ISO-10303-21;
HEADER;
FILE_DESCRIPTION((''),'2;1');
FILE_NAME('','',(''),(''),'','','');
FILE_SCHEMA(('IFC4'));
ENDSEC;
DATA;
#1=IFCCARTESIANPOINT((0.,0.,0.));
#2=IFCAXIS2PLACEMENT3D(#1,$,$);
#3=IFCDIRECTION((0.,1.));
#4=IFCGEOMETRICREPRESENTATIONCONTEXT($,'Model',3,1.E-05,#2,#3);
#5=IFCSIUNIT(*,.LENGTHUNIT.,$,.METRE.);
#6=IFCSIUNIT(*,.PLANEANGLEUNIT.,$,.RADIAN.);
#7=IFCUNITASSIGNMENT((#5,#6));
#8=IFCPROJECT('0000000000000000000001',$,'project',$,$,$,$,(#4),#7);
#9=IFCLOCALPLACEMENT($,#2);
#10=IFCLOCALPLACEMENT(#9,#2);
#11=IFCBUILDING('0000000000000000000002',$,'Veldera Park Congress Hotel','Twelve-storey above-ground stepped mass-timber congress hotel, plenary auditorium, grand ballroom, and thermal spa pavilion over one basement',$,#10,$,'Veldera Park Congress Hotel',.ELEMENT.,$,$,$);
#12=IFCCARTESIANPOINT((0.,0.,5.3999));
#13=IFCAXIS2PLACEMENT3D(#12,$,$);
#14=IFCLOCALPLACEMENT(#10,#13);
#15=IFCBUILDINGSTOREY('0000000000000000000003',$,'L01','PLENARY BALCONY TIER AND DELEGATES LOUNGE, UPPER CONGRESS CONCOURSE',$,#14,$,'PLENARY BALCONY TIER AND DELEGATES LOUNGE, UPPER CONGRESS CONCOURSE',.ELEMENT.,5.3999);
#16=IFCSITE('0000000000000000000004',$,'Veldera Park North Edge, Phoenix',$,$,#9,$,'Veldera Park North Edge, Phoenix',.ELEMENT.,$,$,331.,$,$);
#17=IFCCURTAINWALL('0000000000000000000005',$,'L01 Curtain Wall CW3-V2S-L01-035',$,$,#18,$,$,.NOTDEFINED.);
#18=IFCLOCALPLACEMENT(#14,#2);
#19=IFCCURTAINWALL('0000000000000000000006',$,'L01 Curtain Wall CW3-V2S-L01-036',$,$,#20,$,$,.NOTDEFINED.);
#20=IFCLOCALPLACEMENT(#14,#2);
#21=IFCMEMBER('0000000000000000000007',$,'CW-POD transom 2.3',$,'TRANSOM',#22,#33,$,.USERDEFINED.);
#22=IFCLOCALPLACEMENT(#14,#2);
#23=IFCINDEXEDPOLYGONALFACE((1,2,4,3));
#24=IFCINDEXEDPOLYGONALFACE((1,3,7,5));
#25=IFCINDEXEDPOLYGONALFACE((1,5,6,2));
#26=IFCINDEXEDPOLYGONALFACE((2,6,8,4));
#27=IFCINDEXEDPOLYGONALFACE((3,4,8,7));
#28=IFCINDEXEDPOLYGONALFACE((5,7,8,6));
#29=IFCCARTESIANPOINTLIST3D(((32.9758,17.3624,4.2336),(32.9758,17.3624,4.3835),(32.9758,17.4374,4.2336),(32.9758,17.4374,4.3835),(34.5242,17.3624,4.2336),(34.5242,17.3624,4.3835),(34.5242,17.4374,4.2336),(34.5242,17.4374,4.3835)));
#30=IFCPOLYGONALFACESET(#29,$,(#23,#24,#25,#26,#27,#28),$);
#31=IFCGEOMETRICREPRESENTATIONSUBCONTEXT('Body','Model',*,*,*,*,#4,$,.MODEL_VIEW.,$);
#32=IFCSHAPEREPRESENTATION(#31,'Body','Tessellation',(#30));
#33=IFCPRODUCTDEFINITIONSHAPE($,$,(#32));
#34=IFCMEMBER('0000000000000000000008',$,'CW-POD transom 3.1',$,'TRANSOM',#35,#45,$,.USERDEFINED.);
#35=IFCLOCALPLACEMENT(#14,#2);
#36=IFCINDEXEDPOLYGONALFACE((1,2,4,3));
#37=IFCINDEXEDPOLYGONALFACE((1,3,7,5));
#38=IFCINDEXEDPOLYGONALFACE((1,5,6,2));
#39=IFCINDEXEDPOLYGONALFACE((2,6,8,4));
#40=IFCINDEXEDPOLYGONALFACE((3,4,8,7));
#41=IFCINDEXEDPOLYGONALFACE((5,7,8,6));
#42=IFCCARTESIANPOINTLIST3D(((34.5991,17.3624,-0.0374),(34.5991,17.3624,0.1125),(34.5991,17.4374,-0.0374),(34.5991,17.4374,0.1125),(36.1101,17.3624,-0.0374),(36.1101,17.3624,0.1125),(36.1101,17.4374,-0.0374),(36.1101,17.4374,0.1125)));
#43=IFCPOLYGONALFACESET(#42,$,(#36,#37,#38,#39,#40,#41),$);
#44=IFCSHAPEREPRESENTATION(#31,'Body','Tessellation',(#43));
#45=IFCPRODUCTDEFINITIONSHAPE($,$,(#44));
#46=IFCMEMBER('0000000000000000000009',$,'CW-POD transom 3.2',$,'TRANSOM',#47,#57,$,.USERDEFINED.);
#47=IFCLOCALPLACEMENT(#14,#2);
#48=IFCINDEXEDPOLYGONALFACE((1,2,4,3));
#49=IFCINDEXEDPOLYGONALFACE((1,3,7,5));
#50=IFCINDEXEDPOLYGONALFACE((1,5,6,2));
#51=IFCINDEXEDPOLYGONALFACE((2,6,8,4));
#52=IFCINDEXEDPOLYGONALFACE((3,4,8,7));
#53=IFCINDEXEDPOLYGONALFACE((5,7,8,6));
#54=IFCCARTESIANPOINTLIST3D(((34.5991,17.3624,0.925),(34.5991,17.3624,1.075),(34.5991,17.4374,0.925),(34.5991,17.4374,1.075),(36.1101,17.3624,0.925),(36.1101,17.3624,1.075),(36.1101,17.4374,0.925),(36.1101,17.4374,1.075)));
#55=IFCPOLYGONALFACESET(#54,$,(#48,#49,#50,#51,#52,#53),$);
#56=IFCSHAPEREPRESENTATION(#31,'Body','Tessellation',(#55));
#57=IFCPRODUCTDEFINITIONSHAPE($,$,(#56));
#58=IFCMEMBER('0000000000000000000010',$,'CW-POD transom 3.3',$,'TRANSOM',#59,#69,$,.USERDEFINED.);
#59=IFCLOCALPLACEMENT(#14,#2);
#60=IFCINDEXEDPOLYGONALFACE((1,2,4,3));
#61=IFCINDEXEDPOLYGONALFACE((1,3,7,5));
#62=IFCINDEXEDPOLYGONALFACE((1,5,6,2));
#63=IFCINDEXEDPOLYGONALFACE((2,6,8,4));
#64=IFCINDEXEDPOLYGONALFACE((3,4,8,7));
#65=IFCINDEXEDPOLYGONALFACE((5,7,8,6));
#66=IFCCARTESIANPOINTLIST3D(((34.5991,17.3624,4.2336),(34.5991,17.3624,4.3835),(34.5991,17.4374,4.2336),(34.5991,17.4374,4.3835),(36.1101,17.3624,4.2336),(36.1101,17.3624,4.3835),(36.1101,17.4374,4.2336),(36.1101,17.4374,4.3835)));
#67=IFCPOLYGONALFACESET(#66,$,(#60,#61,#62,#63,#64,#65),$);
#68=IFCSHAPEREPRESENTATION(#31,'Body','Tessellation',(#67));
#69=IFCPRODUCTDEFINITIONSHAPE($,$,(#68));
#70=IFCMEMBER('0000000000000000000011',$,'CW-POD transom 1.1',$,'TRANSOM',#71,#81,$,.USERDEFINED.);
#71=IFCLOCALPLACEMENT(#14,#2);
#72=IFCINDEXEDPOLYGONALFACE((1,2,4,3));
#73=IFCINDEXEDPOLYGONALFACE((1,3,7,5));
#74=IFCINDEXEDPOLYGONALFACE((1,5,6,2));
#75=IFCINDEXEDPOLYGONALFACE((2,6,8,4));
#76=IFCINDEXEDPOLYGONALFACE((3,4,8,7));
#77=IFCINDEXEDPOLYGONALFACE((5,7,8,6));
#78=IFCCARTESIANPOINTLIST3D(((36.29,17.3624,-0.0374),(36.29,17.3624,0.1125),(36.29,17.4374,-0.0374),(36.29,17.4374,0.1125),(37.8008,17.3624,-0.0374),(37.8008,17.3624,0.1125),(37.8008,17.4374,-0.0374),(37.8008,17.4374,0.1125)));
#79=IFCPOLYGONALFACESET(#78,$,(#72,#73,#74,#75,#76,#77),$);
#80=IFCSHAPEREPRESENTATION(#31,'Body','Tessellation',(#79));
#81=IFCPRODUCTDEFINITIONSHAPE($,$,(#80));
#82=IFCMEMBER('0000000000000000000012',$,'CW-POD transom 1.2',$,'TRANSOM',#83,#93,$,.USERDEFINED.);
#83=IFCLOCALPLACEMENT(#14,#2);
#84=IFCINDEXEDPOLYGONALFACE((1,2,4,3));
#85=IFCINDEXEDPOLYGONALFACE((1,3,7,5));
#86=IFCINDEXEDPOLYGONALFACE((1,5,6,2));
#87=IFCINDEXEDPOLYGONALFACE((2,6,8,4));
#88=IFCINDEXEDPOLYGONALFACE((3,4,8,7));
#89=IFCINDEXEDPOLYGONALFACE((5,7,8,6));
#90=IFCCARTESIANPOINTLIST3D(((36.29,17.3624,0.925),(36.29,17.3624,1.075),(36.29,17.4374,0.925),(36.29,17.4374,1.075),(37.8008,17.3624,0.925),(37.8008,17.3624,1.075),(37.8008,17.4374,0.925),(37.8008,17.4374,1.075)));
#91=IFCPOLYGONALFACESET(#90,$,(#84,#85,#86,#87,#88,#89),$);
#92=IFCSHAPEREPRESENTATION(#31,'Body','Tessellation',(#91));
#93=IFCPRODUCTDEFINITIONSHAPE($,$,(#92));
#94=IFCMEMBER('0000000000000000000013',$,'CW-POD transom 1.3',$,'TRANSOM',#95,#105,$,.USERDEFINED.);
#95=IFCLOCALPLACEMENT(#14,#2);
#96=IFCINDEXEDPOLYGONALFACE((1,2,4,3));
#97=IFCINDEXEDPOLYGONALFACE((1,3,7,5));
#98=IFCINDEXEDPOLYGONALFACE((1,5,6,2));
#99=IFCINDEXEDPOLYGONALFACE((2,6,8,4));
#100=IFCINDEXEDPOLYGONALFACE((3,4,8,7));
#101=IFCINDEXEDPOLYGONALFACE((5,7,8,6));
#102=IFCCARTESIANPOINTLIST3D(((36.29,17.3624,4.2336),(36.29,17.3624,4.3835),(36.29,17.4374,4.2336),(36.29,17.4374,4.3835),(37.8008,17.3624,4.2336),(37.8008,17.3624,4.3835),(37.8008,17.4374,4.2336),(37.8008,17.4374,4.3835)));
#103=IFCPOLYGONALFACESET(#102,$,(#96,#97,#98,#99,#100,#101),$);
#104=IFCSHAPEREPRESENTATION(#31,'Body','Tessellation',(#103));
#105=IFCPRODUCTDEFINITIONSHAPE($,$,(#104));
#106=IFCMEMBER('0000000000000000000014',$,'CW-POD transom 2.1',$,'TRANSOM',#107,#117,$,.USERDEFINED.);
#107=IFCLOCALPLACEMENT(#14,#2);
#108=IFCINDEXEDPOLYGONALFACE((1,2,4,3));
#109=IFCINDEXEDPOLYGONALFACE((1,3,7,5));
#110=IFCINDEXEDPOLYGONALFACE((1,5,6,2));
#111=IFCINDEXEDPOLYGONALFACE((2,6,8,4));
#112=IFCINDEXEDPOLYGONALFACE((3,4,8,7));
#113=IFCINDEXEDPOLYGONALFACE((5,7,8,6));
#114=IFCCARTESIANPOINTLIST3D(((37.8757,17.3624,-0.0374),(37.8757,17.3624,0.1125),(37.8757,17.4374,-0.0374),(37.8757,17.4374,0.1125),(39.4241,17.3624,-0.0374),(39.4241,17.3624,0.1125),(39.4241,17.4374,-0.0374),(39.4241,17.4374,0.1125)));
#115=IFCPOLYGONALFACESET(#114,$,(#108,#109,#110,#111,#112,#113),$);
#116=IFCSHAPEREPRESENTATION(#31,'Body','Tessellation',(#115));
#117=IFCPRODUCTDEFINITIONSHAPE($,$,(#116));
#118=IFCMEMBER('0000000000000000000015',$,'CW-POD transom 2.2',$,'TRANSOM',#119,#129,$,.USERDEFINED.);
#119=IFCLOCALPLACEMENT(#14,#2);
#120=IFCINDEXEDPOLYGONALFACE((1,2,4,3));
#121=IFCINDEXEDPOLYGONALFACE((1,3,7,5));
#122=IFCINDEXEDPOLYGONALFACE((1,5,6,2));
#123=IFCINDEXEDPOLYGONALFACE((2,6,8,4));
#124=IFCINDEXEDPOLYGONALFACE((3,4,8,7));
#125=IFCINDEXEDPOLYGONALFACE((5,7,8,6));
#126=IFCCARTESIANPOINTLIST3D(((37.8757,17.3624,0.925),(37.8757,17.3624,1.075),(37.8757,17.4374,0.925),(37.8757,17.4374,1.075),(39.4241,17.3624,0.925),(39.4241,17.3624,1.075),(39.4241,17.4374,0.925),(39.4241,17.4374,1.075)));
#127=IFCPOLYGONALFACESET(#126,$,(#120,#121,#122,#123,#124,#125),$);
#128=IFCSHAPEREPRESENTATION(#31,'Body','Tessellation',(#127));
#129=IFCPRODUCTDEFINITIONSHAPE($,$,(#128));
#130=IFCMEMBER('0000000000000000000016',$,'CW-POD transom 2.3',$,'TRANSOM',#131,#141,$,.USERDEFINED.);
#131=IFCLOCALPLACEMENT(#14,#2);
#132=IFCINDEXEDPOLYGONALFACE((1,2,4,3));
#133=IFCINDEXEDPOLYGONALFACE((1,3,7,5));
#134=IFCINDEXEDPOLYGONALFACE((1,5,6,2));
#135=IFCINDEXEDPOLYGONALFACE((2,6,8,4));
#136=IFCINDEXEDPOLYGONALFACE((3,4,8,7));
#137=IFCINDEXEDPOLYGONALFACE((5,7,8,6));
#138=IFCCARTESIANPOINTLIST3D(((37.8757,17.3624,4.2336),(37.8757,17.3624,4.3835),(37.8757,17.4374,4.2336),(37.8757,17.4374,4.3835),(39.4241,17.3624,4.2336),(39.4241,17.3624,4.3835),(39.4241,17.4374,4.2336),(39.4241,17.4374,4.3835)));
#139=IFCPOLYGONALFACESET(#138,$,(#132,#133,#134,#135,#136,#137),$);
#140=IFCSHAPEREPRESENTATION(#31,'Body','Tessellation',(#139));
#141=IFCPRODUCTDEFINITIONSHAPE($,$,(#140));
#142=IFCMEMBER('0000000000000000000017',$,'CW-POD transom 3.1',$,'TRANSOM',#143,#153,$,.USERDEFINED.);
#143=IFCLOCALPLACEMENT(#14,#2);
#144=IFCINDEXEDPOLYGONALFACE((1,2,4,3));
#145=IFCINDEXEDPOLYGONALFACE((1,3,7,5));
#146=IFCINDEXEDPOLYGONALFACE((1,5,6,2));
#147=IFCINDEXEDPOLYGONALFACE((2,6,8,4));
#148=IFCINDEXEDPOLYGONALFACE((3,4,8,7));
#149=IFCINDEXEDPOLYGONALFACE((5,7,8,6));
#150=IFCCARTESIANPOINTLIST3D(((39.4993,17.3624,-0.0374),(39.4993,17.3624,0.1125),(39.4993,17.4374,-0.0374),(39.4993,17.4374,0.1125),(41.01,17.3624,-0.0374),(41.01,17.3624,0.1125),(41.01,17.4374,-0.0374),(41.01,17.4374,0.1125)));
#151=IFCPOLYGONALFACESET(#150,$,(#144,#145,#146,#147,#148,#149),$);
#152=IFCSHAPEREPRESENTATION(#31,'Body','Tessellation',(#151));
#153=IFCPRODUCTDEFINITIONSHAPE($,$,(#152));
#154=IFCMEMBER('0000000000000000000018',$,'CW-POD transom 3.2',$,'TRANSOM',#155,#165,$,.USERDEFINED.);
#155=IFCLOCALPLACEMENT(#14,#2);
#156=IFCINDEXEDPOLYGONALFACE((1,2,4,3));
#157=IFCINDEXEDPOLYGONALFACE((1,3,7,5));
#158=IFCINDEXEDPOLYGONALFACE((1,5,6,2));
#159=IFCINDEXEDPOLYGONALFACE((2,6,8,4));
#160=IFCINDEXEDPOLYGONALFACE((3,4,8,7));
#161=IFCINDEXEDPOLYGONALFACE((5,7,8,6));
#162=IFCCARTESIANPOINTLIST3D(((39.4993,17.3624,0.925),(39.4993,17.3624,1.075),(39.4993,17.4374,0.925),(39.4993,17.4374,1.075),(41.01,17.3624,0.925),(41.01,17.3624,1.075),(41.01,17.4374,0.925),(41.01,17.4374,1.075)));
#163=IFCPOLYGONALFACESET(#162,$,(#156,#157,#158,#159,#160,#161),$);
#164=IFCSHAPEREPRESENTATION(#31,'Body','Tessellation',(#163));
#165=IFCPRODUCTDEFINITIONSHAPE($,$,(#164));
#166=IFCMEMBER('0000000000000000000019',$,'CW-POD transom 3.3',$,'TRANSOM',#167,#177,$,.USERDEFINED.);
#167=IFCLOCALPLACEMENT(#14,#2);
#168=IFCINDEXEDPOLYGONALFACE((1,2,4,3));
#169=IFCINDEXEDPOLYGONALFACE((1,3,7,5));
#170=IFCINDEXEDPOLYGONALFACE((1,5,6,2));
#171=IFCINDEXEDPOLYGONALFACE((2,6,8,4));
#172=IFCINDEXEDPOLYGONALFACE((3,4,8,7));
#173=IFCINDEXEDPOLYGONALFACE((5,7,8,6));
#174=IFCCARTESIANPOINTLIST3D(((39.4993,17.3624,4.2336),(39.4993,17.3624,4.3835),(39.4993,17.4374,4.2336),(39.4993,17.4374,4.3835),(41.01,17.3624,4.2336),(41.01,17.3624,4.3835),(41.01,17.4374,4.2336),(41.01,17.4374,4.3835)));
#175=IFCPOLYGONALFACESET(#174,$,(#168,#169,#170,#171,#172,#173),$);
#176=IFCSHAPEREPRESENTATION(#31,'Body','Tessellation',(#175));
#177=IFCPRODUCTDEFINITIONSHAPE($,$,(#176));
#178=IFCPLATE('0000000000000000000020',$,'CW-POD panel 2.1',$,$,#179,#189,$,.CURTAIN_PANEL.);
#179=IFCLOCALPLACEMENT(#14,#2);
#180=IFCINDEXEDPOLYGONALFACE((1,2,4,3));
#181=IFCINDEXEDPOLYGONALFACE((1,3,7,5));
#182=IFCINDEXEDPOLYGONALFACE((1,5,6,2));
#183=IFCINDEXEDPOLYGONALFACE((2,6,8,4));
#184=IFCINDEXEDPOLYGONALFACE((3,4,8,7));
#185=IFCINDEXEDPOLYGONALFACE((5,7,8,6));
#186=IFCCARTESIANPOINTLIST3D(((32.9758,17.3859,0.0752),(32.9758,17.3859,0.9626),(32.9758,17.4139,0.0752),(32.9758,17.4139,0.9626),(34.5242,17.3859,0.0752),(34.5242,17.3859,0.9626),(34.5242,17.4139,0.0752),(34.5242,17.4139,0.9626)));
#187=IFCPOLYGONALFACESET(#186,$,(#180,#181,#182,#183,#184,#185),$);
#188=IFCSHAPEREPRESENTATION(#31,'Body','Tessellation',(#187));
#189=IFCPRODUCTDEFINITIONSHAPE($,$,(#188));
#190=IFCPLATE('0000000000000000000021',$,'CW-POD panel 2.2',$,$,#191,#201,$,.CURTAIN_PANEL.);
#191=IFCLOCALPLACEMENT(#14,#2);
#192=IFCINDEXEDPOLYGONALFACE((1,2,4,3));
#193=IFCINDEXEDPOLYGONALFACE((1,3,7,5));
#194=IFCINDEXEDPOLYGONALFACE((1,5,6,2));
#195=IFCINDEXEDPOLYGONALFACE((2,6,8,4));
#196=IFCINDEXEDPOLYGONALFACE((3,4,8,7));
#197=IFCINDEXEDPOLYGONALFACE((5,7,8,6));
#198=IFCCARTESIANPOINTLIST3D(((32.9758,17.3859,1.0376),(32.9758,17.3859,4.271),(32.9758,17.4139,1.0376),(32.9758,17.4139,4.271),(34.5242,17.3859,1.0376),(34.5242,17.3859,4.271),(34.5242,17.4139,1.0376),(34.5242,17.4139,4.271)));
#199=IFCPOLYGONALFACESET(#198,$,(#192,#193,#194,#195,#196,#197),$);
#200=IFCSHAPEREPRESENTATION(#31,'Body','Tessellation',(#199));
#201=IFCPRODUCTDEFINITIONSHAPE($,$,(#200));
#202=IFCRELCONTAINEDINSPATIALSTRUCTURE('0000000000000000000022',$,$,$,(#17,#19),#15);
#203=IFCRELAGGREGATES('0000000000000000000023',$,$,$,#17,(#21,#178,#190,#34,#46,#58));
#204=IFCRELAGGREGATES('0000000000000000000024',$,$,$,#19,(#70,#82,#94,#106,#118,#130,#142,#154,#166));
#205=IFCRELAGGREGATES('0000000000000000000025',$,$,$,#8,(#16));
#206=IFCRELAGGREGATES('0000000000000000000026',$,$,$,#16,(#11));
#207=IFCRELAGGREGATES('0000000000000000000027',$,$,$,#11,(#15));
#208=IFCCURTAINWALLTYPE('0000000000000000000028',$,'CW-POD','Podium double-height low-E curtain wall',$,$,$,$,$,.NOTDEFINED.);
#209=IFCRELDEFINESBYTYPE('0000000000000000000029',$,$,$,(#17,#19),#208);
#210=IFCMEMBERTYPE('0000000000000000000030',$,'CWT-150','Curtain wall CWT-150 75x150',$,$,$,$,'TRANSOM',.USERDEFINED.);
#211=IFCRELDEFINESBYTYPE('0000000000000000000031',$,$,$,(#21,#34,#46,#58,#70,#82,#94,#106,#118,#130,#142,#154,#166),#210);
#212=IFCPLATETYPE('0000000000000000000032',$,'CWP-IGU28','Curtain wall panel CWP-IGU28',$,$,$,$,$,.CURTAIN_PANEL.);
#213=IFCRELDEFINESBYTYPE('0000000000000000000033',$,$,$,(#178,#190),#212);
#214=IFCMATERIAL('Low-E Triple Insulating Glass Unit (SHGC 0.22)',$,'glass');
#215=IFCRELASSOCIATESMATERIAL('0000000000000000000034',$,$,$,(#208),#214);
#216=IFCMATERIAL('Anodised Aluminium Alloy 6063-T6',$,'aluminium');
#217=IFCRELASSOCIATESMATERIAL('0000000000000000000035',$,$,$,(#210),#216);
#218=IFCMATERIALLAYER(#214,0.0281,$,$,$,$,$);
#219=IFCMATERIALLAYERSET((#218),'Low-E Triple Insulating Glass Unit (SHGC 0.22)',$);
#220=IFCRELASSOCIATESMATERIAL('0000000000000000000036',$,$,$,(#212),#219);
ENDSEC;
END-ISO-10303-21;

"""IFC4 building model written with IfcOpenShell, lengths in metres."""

from ifc_helpers import new_model, si_unit, direction, frame, origin, origin_2d, place, context, subcontext, project, spatial, rectangle, extrude, material, layer, layer_set, material_profile, profile_set, type_object, element, aggregate, save


model = new_model("IFC4")

# Units and contexts
model_context = context("Model", 3, precision=1e-05, world=origin(), true_north=direction((0.0, 1.0)))
body_context = subcontext(model_context, "Body", "Model", "MODEL_VIEW")
ifc_project = project(units=[si_unit("LENGTHUNIT", "METRE"), si_unit("PLANEANGLEUNIT", "RADIAN")], contexts=[model_context])

# Site, building, storey
site_placement = place(None, origin())
site = spatial("IfcSite", under=ifc_project, at=site_placement, Name="Veldera Park North Edge, Phoenix", LongName="Veldera Park North Edge, Phoenix", CompositionType="ELEMENT", RefElevation=331.0)
building_placement = place(site_placement, origin())
building = spatial("IfcBuilding", under=site, at=building_placement, Name="Veldera Park Congress Hotel", Description="Twelve-storey above-ground stepped mass-timber congress hotel, plenary auditorium, grand ballroom, and thermal spa pavilion over one basement", LongName="Veldera Park Congress Hotel", CompositionType="ELEMENT")
storey_placement = place(building_placement, frame((0.0, 0.0, 5.3999)))
storey = spatial("IfcBuildingStorey", under=building, at=storey_placement, Name="L01", Description="PLENARY BALCONY TIER AND DELEGATES LOUNGE, UPPER CONGRESS CONCOURSE", LongName="PLENARY BALCONY TIER AND DELEGATES LOUNGE, UPPER CONGRESS CONCOURSE", CompositionType="ELEMENT", Elevation=5.3999)

# Curtain walls
ifc_material_1 = material(Name="Low-E Triple Insulating Glass Unit (SHGC 0.22)", Category="glass")
curtain_wall_type = type_object("IfcCurtainWallType", Name="CW-POD", Description="Podium double-height low-E curtain wall", PredefinedType="NOTDEFINED", material=ifc_material_1)
curtain_wall_1_placement = place(storey_placement, origin())
curtain_wall_1 = element("IfcCurtainWall", 1, at=curtain_wall_1_placement, inside=storey, type_object=curtain_wall_type, Name="L01 Curtain Wall CW3-V2S-L01-035", PredefinedType="NOTDEFINED")
ifc_material_2 = material(Name="Anodised Aluminium Alloy 6063-T6", Category="aluminium")
curtain_wall_2_placement = place(storey_placement, origin())
curtain_wall_2 = element("IfcCurtainWall", 2, at=curtain_wall_2_placement, inside=storey, type_object=curtain_wall_type, Name="L01 Curtain Wall CW3-V2S-L01-036", PredefinedType="NOTDEFINED")

# Members
ifc_material_profile_1 = material_profile(ifc_material_2, rectangle(XDim=0.075, YDim=0.1499, at=origin_2d()), Name="ALU 75x150")
ifc_profile_set_1 = profile_set([ifc_material_profile_1], Name="Anodised Aluminium Alloy 6063-T6")
member_type_1 = type_object("IfcMemberType", Name="CWT-150", Description="Curtain wall CWT-150 75x150", ElementType="TRANSOM", PredefinedType="USERDEFINED", material=ifc_profile_set_1)
member_1_placement = place(storey_placement, frame((32.9758, 17.3999, 4.3086), z_axis=(1.0, 0.0, 0.0), x_axis=(0.0, 1.0, 0.0)))
member_1 = element("IfcMember", 3, at=member_1_placement, type_object=member_type_1, Name="CW-POD transom 2.3", ObjectType="TRANSOM", PredefinedType="USERDEFINED", context=body_context, shape_type="SweptSolid", body=[
    extrude(rectangle(XDim=0.075, YDim=0.1499, at=origin_2d()), origin(), (0.0, 0.0, 1.0), 1.5483),
])
member_2_placement = place(storey_placement, frame((34.5991, 17.3999, 0.0376), z_axis=(1.0, 0.0, 0.0), x_axis=(0.0, 1.0, 0.0)))
member_2 = element("IfcMember", 4, at=member_2_placement, type_object=member_type_1, Name="CW-POD transom 3.1", ObjectType="TRANSOM", PredefinedType="USERDEFINED", context=body_context, shape_type="SweptSolid", body=[
    extrude(rectangle(XDim=0.075, YDim=0.1499, at=origin_2d()), origin(), (0.0, 0.0, 1.0), 1.511),
])
member_3_placement = place(storey_placement, frame((34.5991, 17.3999, 1.0), z_axis=(1.0, 0.0, 0.0), x_axis=(0.0, 1.0, 0.0)))
member_3 = element("IfcMember", 5, at=member_3_placement, type_object=member_type_1, Name="CW-POD transom 3.2", ObjectType="TRANSOM", PredefinedType="USERDEFINED", context=body_context, shape_type="SweptSolid", body=[
    extrude(rectangle(XDim=0.075, YDim=0.1499, at=origin_2d()), origin(), (0.0, 0.0, 1.0), 1.511),
])
member_4_placement = place(storey_placement, frame((34.5991, 17.3999, 4.3086), z_axis=(1.0, 0.0, 0.0), x_axis=(0.0, 1.0, 0.0)))
member_4 = element("IfcMember", 6, at=member_4_placement, type_object=member_type_1, Name="CW-POD transom 3.3", ObjectType="TRANSOM", PredefinedType="USERDEFINED", context=body_context, shape_type="SweptSolid", body=[
    extrude(rectangle(XDim=0.075, YDim=0.1499, at=origin_2d()), origin(), (0.0, 0.0, 1.0), 1.511),
])
member_5_placement = place(storey_placement, frame((36.29, 17.3999, 0.0376), z_axis=(1.0, 0.0, 0.0), x_axis=(0.0, 1.0, 0.0)))
member_5 = element("IfcMember", 7, at=member_5_placement, type_object=member_type_1, Name="CW-POD transom 1.1", ObjectType="TRANSOM", PredefinedType="USERDEFINED", context=body_context, shape_type="SweptSolid", body=[
    extrude(rectangle(XDim=0.075, YDim=0.1499, at=origin_2d()), origin(), (0.0, 0.0, 1.0), 1.5107),
])
member_6_placement = place(storey_placement, frame((36.29, 17.3999, 1.0), z_axis=(1.0, 0.0, 0.0), x_axis=(0.0, 1.0, 0.0)))
member_6 = element("IfcMember", 8, at=member_6_placement, type_object=member_type_1, Name="CW-POD transom 1.2", ObjectType="TRANSOM", PredefinedType="USERDEFINED", context=body_context, shape_type="SweptSolid", body=[
    extrude(rectangle(XDim=0.075, YDim=0.1499, at=origin_2d()), origin(), (0.0, 0.0, 1.0), 1.5107),
])
member_7_placement = place(storey_placement, frame((36.29, 17.3999, 4.3086), z_axis=(1.0, 0.0, 0.0), x_axis=(0.0, 1.0, 0.0)))
member_7 = element("IfcMember", 9, at=member_7_placement, type_object=member_type_1, Name="CW-POD transom 1.3", ObjectType="TRANSOM", PredefinedType="USERDEFINED", context=body_context, shape_type="SweptSolid", body=[
    extrude(rectangle(XDim=0.075, YDim=0.1499, at=origin_2d()), origin(), (0.0, 0.0, 1.0), 1.5107),
])
member_8_placement = place(storey_placement, frame((37.8757, 17.3999, 0.0376), z_axis=(1.0, 0.0, 0.0), x_axis=(0.0, 1.0, 0.0)))
member_8 = element("IfcMember", 10, at=member_8_placement, type_object=member_type_1, Name="CW-POD transom 2.1", ObjectType="TRANSOM", PredefinedType="USERDEFINED", context=body_context, shape_type="SweptSolid", body=[
    extrude(rectangle(XDim=0.075, YDim=0.1499, at=origin_2d()), origin(), (0.0, 0.0, 1.0), 1.5483),
])
member_9_placement = place(storey_placement, frame((37.8757, 17.3999, 1.0), z_axis=(1.0, 0.0, 0.0), x_axis=(0.0, 1.0, 0.0)))
member_9 = element("IfcMember", 11, at=member_9_placement, type_object=member_type_1, Name="CW-POD transom 2.2", ObjectType="TRANSOM", PredefinedType="USERDEFINED", context=body_context, shape_type="SweptSolid", body=[
    extrude(rectangle(XDim=0.075, YDim=0.1499, at=origin_2d()), origin(), (0.0, 0.0, 1.0), 1.5483),
])
member_10_placement = place(storey_placement, frame((37.8757, 17.3999, 4.3086), z_axis=(1.0, 0.0, 0.0), x_axis=(0.0, 1.0, 0.0)))
member_10 = element("IfcMember", 12, at=member_10_placement, type_object=member_type_1, Name="CW-POD transom 2.3", ObjectType="TRANSOM", PredefinedType="USERDEFINED", context=body_context, shape_type="SweptSolid", body=[
    extrude(rectangle(XDim=0.075, YDim=0.1499, at=origin_2d()), origin(), (0.0, 0.0, 1.0), 1.5483),
])
member_11_placement = place(storey_placement, frame((39.4993, 17.3999, 0.0376), z_axis=(1.0, 0.0, 0.0), x_axis=(0.0, 1.0, 0.0)))
member_11 = element("IfcMember", 13, at=member_11_placement, type_object=member_type_1, Name="CW-POD transom 3.1", ObjectType="TRANSOM", PredefinedType="USERDEFINED", context=body_context, shape_type="SweptSolid", body=[
    extrude(rectangle(XDim=0.075, YDim=0.1499, at=origin_2d()), origin(), (0.0, 0.0, 1.0), 1.5107),
])
member_12_placement = place(storey_placement, frame((39.4993, 17.3999, 1.0), z_axis=(1.0, 0.0, 0.0), x_axis=(0.0, 1.0, 0.0)))
member_12 = element("IfcMember", 14, at=member_12_placement, type_object=member_type_1, Name="CW-POD transom 3.2", ObjectType="TRANSOM", PredefinedType="USERDEFINED", context=body_context, shape_type="SweptSolid", body=[
    extrude(rectangle(XDim=0.075, YDim=0.1499, at=origin_2d()), origin(), (0.0, 0.0, 1.0), 1.5107),
])
member_13_placement = place(storey_placement, frame((39.4993, 17.3999, 4.3086), z_axis=(1.0, 0.0, 0.0), x_axis=(0.0, 1.0, 0.0)))
member_13 = element("IfcMember", 15, at=member_13_placement, type_object=member_type_1, Name="CW-POD transom 3.3", ObjectType="TRANSOM", PredefinedType="USERDEFINED", context=body_context, shape_type="SweptSolid", body=[
    extrude(rectangle(XDim=0.075, YDim=0.1499, at=origin_2d()), origin(), (0.0, 0.0, 1.0), 1.5107),
])

# Plates
ifc_layer_1 = layer(ifc_material_1, 0.0281)
ifc_layer_set_1 = layer_set([ifc_layer_1], Name="Low-E Triple Insulating Glass Unit (SHGC 0.22)")
plate_type = type_object("IfcPlateType", Name="CWP-IGU28", Description="Curtain wall panel CWP-IGU28", PredefinedType="CURTAIN_PANEL", material=ifc_layer_set_1)
plate_1_placement = place(storey_placement, frame((33.75, 17.3999, 0.0752), z_axis=(0.0, 0.0, 1.0), x_axis=(1.0, 0.0, 0.0)))
plate_1 = element("IfcPlate", 16, at=plate_1_placement, type_object=plate_type, Name="CW-POD panel 2.1", PredefinedType="CURTAIN_PANEL", context=body_context, shape_type="SweptSolid", body=[
    extrude(rectangle(XDim=1.5483, YDim=0.0281, at=origin_2d()), origin(), (0.0, 0.0, 1.0), 0.8875),
])
plate_2_placement = place(storey_placement, frame((33.75, 17.3999, 1.0376), z_axis=(0.0, 0.0, 1.0), x_axis=(1.0, 0.0, 0.0)))
plate_2 = element("IfcPlate", 17, at=plate_2_placement, type_object=plate_type, Name="CW-POD panel 2.2", PredefinedType="CURTAIN_PANEL", context=body_context, shape_type="SweptSolid", body=[
    extrude(rectangle(XDim=1.5483, YDim=0.0281, at=origin_2d()), origin(), (0.0, 0.0, 1.0), 3.2334),
])
aggregate(curtain_wall_1, [member_1, plate_1, plate_2, member_2, member_3, member_4])
aggregate(curtain_wall_2, [member_5, member_6, member_7, member_8, member_9, member_10, member_11, member_12, member_13])

save(model, "model.ifc")
